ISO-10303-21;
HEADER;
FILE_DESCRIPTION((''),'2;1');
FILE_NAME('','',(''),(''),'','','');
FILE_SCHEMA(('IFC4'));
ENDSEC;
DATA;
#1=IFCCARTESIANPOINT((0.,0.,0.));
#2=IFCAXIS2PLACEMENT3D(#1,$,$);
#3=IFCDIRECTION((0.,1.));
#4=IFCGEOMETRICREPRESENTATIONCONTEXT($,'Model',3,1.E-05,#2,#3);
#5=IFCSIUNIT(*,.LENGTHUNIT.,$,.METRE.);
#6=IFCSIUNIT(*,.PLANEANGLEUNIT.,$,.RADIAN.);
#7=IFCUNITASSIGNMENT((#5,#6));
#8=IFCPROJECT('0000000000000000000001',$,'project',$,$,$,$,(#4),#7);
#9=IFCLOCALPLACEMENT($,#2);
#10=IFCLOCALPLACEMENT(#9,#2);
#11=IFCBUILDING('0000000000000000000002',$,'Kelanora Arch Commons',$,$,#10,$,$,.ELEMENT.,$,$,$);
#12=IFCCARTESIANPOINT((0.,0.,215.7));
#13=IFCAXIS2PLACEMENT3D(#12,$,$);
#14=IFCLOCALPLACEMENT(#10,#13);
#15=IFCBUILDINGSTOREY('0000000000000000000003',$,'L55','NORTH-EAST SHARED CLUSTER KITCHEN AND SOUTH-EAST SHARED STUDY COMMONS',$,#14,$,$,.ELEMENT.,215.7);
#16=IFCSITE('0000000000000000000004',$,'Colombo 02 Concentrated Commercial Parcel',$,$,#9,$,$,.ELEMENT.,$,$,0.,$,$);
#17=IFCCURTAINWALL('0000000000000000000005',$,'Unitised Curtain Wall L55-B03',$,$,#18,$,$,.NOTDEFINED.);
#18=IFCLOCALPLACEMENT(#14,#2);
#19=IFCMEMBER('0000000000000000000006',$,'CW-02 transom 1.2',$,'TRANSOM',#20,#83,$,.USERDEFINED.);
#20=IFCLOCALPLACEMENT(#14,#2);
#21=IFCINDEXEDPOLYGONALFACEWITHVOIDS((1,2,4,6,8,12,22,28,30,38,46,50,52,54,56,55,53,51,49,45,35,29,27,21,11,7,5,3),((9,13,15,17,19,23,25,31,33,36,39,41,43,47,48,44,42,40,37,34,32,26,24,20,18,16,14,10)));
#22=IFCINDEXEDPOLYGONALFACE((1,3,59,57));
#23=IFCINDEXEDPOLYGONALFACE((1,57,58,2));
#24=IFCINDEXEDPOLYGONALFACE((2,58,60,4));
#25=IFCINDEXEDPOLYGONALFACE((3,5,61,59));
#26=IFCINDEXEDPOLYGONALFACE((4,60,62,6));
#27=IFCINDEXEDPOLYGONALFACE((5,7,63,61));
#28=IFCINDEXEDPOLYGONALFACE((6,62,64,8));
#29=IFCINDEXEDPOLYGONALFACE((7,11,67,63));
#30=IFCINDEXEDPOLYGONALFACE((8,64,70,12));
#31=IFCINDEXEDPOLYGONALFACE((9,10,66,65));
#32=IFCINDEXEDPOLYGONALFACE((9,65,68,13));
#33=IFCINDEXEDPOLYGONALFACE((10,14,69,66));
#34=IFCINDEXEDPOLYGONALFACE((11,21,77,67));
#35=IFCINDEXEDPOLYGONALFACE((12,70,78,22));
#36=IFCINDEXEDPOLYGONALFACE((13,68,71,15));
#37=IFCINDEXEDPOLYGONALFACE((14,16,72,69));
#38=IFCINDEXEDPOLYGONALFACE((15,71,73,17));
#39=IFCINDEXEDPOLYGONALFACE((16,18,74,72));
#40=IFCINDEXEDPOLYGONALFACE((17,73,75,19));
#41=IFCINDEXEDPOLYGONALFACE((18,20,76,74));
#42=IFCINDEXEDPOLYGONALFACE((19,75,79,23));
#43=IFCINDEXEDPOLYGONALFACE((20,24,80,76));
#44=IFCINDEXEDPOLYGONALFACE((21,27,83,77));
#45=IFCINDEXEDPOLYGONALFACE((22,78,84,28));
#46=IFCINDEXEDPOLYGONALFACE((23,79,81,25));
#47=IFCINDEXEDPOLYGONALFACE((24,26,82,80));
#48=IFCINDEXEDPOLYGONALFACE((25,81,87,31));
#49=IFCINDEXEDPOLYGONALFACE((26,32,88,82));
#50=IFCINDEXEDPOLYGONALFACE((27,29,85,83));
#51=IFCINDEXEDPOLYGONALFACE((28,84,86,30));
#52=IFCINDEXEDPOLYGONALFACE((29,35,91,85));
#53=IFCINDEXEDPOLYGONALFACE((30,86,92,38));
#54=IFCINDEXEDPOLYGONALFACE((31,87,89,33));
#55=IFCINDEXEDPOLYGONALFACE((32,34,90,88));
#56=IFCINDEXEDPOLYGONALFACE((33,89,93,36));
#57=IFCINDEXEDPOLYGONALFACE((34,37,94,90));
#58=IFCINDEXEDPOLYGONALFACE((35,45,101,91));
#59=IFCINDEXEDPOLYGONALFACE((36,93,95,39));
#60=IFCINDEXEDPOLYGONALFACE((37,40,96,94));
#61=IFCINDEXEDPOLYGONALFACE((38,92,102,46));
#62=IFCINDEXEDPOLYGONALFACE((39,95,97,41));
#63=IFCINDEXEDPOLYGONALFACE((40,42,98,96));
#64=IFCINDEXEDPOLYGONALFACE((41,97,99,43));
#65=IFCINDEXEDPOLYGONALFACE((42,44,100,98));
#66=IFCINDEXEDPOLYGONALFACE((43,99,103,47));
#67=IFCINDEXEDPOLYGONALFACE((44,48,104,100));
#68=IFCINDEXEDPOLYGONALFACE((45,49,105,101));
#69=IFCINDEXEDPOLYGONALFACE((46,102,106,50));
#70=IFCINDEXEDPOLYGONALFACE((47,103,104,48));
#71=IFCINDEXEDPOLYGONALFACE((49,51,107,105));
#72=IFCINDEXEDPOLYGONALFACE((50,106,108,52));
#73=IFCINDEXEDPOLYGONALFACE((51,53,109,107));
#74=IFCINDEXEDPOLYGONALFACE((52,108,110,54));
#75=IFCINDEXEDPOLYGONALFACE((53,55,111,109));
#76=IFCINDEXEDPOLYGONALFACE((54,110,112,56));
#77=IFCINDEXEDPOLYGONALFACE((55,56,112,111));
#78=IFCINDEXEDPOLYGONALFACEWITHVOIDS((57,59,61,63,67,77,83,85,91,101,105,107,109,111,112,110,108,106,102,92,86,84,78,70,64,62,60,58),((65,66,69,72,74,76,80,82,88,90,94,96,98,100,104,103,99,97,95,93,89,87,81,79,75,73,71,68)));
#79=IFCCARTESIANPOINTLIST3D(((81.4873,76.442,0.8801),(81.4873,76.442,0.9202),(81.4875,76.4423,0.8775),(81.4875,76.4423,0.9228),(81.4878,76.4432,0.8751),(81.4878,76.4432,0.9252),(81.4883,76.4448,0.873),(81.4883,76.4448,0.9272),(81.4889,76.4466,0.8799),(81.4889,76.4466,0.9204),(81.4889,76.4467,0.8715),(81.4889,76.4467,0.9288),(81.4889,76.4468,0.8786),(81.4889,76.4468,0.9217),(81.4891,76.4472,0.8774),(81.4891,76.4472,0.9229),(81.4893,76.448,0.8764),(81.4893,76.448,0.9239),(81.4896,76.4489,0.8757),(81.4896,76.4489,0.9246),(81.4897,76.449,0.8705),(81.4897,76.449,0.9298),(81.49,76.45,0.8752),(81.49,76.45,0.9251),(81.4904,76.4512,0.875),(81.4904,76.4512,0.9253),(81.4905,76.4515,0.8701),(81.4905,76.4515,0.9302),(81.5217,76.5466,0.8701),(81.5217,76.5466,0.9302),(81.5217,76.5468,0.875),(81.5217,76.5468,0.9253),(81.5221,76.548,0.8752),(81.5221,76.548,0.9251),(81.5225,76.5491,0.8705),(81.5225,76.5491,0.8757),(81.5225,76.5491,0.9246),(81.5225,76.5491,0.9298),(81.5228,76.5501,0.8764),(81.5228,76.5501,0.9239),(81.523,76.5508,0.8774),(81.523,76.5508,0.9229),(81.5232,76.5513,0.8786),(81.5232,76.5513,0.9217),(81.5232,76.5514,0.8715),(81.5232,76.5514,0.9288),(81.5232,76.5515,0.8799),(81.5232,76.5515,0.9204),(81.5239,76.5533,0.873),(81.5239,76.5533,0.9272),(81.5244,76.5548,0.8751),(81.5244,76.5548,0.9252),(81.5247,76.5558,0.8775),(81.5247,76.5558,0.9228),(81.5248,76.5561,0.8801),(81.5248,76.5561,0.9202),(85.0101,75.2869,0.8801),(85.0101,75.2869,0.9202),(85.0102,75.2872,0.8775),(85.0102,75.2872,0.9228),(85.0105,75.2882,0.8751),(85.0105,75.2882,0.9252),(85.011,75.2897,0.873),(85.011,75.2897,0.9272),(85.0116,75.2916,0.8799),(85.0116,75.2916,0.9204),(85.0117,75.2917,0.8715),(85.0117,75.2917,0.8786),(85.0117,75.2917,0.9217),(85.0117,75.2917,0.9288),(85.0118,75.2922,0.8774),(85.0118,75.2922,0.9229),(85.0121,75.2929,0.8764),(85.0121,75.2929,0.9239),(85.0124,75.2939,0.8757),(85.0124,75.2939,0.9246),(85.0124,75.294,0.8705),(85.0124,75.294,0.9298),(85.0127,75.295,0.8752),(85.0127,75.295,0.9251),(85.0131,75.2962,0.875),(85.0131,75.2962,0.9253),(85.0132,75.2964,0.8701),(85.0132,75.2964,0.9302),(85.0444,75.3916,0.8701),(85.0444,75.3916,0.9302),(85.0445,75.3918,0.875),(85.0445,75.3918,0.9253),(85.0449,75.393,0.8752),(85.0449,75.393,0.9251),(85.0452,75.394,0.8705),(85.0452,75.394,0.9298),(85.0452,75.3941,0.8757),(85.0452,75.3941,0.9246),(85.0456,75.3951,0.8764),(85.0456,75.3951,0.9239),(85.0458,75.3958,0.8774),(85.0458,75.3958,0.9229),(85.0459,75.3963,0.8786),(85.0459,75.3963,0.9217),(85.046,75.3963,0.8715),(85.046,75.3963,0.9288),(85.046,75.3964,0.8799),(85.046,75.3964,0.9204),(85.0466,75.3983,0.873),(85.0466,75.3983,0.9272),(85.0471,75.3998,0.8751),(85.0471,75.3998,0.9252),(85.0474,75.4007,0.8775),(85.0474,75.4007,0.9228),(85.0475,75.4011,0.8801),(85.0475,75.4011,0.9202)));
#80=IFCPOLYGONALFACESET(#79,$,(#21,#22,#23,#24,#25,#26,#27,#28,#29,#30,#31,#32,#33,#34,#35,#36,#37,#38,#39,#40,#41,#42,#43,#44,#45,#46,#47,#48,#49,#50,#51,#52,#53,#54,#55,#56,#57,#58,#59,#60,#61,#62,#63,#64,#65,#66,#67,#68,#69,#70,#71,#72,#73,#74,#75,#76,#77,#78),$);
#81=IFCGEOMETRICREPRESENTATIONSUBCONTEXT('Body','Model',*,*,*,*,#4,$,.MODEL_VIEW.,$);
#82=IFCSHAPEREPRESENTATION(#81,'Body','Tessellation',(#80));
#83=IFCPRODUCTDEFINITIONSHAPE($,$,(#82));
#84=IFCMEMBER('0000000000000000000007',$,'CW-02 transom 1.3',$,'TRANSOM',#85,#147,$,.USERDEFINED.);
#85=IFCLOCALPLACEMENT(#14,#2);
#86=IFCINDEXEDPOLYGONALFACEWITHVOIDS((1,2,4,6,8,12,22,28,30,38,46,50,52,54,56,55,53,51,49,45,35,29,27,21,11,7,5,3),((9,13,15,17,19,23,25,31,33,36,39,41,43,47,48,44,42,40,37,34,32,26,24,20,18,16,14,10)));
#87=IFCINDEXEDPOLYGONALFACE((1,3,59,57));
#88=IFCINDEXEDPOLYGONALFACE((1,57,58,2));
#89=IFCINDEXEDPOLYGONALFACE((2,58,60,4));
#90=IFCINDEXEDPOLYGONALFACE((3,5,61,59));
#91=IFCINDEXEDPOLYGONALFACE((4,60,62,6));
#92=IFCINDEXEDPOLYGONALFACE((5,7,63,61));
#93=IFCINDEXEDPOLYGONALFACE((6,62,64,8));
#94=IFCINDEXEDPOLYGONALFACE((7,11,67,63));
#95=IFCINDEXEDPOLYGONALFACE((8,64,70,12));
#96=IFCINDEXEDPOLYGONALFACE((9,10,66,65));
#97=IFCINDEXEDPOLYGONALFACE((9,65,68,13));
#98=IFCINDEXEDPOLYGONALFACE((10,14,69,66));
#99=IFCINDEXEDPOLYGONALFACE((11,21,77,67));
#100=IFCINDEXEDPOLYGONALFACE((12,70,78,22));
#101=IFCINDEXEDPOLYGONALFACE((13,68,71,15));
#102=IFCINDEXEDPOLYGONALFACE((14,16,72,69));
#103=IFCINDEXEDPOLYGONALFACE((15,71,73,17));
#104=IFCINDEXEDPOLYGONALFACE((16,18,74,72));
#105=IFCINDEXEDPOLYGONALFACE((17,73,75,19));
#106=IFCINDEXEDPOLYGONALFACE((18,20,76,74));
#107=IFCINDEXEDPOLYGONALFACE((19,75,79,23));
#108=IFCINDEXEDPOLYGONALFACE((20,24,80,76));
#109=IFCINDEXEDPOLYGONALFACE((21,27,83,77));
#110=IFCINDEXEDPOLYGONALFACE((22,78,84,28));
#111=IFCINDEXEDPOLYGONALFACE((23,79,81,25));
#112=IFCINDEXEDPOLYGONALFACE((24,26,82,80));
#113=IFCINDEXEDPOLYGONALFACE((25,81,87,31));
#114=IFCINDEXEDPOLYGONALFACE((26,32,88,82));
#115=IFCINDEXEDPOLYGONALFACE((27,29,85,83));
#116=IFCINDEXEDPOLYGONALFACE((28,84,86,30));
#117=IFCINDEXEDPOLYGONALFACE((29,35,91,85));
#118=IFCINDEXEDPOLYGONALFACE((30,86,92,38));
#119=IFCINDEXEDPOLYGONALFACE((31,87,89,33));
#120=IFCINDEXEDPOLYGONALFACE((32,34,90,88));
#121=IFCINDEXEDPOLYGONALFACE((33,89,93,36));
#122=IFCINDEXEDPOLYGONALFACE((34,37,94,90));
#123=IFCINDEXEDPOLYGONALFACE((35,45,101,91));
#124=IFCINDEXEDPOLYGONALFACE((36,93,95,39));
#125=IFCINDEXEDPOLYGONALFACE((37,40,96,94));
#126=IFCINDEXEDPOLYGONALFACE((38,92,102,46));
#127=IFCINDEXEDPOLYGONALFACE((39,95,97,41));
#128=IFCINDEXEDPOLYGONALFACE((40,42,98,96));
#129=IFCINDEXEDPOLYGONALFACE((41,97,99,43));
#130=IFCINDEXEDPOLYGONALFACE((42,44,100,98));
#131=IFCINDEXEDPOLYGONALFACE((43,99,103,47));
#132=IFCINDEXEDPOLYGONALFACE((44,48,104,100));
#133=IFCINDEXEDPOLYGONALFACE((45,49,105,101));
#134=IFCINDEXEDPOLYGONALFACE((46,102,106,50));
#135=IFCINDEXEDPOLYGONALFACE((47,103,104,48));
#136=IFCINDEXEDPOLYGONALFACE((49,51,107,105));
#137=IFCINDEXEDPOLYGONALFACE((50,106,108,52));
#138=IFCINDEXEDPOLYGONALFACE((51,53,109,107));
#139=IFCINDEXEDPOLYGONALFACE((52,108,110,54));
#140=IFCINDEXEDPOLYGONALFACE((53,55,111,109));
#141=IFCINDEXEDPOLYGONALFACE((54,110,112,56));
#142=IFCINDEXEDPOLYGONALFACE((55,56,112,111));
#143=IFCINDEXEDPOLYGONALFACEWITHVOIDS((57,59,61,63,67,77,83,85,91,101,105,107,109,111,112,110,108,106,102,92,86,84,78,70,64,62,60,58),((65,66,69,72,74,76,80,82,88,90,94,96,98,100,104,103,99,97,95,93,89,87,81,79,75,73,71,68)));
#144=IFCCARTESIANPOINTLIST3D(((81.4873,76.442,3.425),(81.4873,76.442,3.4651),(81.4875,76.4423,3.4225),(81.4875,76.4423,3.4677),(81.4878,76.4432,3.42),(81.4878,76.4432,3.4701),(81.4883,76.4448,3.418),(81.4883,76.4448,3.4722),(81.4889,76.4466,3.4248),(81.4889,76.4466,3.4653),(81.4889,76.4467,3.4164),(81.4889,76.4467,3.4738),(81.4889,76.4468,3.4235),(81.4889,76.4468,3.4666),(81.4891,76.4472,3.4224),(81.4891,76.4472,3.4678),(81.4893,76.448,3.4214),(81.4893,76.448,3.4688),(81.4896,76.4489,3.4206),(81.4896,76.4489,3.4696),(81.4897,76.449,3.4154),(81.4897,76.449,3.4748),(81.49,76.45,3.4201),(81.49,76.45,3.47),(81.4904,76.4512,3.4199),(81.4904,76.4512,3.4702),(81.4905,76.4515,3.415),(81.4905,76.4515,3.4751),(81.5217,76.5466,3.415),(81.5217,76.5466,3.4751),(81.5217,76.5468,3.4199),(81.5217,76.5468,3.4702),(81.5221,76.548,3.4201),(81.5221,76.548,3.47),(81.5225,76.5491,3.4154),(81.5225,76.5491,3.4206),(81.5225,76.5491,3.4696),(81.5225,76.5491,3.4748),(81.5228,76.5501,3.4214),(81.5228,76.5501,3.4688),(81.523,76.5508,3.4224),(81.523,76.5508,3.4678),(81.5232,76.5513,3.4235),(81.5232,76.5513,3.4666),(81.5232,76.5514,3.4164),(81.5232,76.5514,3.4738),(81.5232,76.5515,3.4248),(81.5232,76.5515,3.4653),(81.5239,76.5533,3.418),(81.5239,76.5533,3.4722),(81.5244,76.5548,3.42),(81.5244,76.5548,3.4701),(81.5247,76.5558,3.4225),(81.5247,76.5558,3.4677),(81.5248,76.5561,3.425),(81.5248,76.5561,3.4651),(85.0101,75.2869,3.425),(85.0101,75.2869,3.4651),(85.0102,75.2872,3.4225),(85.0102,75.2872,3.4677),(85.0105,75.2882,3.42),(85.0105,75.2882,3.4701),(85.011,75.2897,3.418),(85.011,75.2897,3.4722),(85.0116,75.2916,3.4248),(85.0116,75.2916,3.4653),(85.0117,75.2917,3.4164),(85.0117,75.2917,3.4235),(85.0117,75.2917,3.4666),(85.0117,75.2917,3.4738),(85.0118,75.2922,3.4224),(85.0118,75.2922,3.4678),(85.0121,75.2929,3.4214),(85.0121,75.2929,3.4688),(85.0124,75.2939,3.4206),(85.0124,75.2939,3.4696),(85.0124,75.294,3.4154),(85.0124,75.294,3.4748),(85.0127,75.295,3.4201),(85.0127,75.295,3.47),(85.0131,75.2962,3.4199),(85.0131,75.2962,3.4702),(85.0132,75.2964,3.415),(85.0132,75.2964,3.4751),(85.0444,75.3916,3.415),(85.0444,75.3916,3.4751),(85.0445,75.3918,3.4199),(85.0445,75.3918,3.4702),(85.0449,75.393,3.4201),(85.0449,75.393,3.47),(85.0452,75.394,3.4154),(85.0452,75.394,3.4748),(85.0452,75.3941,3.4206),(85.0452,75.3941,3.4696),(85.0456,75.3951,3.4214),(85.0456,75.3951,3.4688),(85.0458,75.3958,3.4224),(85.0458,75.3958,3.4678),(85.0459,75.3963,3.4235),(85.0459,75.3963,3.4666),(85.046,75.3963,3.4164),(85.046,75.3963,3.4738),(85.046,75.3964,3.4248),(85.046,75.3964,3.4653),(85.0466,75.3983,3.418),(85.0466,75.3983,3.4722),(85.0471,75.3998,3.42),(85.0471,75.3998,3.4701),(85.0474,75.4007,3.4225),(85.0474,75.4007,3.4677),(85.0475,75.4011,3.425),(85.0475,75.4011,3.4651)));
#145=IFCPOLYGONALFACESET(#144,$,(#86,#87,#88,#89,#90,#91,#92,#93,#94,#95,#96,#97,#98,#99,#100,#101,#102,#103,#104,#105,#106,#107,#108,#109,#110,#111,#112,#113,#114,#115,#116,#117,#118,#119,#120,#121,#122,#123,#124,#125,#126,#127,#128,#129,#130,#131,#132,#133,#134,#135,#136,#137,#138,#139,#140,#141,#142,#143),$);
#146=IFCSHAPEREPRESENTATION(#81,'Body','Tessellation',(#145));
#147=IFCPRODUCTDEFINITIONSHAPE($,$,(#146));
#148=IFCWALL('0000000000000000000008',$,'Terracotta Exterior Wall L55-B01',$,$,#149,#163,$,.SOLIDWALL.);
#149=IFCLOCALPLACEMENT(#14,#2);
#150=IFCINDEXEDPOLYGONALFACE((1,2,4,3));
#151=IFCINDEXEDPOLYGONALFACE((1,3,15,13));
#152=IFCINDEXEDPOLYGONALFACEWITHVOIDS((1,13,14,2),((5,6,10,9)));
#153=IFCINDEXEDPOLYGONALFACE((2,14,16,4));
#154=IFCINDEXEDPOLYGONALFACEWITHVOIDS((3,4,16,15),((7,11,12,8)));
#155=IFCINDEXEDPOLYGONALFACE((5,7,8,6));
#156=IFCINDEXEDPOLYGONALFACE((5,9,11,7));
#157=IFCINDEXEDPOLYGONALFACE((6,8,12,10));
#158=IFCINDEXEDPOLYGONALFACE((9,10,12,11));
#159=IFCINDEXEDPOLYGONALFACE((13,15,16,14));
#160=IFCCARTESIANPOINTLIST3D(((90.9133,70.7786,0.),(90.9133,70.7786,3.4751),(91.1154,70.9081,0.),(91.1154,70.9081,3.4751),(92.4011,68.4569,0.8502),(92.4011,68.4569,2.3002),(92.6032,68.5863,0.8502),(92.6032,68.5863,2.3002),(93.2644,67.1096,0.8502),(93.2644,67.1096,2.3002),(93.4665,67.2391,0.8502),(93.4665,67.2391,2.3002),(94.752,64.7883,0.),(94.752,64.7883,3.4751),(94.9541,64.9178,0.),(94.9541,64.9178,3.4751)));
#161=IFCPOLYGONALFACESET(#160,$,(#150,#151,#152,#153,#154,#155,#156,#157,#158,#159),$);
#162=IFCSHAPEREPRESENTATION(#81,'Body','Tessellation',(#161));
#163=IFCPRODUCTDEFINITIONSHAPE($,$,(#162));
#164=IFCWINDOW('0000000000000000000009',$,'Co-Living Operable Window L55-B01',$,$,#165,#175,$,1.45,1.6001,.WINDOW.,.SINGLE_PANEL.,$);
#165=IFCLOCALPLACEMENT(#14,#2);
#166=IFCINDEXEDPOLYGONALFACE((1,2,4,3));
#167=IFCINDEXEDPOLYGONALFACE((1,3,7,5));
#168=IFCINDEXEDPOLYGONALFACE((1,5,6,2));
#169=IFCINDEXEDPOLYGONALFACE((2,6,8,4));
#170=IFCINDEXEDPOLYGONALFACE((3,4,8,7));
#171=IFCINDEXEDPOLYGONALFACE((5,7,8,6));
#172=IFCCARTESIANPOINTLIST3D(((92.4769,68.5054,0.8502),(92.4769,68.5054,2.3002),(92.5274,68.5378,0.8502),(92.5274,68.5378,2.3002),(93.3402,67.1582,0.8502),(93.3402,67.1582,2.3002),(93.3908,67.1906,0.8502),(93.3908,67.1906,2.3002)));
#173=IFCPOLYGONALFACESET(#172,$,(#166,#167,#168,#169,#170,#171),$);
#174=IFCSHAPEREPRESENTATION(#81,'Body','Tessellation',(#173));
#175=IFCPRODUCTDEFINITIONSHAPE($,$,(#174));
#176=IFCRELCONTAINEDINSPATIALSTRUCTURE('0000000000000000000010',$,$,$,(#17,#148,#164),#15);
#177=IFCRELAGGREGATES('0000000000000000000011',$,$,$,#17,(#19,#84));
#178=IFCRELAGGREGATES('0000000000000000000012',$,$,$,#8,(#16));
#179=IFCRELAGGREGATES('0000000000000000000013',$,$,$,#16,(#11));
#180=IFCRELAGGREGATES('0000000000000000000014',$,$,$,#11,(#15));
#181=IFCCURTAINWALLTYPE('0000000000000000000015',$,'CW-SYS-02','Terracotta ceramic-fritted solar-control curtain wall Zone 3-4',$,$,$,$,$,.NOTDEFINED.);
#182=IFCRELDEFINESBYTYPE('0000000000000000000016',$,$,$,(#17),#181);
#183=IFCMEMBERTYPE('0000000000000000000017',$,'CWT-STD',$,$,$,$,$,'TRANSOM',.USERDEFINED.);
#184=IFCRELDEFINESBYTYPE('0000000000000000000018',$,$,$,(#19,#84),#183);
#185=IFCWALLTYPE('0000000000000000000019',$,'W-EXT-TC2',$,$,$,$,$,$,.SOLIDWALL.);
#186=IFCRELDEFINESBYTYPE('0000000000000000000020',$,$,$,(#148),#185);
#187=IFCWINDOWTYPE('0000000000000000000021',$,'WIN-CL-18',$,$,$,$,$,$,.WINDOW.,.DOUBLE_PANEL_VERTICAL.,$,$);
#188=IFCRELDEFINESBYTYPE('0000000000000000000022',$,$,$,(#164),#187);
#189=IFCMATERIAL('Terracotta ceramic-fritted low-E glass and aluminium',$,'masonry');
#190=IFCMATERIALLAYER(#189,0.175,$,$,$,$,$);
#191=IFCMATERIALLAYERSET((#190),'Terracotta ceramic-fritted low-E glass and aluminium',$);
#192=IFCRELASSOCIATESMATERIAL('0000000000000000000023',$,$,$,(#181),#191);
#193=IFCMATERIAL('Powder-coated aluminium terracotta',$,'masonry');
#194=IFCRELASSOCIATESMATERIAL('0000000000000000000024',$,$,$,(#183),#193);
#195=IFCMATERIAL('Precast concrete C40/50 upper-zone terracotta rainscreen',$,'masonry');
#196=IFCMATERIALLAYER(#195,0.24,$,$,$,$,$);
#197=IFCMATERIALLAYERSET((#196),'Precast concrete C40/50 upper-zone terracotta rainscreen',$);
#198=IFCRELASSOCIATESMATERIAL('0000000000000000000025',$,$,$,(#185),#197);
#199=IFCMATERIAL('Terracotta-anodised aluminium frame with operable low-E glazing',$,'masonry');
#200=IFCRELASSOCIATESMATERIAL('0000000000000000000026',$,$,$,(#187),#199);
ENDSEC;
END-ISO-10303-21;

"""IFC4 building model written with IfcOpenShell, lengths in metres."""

from ifc_helpers import new_model, si_unit, direction, frame, frame_2d, origin, origin_2d, place, context, subcontext, project, spatial, rectangle, hollow_rectangle, extrude, material, layer, layer_set, material_profile, profile_set, type_object, element, fill, aggregate, save


model = new_model("IFC4")

# Units and contexts
model_context = context("Model", 3, precision=1e-05, world=origin(), true_north=direction((0.0, 1.0)))
body_context = subcontext(model_context, "Body", "Model", "MODEL_VIEW")
ifc_project = project(units=[si_unit("LENGTHUNIT", "METRE"), si_unit("PLANEANGLEUNIT", "RADIAN")], contexts=[model_context])

# Site, building, storey
site_placement = place(None, origin())
site = spatial("IfcSite", under=ifc_project, at=site_placement, Name="Colombo 02 Concentrated Commercial Parcel", CompositionType="ELEMENT", RefElevation=0.0)
building_placement = place(site_placement, origin())
building = spatial("IfcBuilding", under=site, at=building_placement, Name="Kelanora Arch Commons", CompositionType="ELEMENT")
storey_placement = place(building_placement, frame((0.0, 0.0, 215.7)))
storey = spatial("IfcBuildingStorey", under=building, at=storey_placement, Name="L55", Description="NORTH-EAST SHARED CLUSTER KITCHEN AND SOUTH-EAST SHARED STUDY COMMONS", CompositionType="ELEMENT", Elevation=215.7)

# Shared definitions
ifc_material_1 = material(Name="Terracotta ceramic-fritted low-E glass and aluminium", Category="masonry")
ifc_layer_1 = layer(ifc_material_1, 0.175)
ifc_layer_set_1 = layer_set([ifc_layer_1], Name="Terracotta ceramic-fritted low-E glass and aluminium")
curtain_wall_type = type_object("IfcCurtainWallType", Name="CW-SYS-02", Description="Terracotta ceramic-fritted solar-control curtain wall Zone 3-4", PredefinedType="NOTDEFINED", material=ifc_layer_set_1)
ifc_material_2 = material(Name="Powder-coated aluminium terracotta", Category="masonry")

# Curtain wall, members
curtain_wall_1_placement = place(storey_placement, origin())
curtain_wall_1 = element("IfcCurtainWall", 1, at=curtain_wall_1_placement, inside=storey, type_object=curtain_wall_type, Name="Unitised Curtain Wall L55-B03", PredefinedType="NOTDEFINED")
ifc_material_profile_1 = material_profile(ifc_material_2, hollow_rectangle(XDim=0.1201, YDim=0.0601, WallThickness=0.0049, InnerFilletRadius=0.0049, OuterFilletRadius=0.01, at=origin_2d()), Name="CWT120x60")
ifc_profile_set_1 = profile_set([ifc_material_profile_1], Name="Powder-coated aluminium terracotta")
member_type_1 = type_object("IfcMemberType", Name="CWT-STD", ElementType="TRANSOM", PredefinedType="USERDEFINED", material=ifc_profile_set_1)
member_1_placement = place(storey_placement, frame((85.0288, 75.344, 0.9001), z_axis=(-0.950226, 0.311561, 0.0), x_axis=(-0.311561, -0.950226, 0.0)))
member_1 = element("IfcMember", 2, at=member_1_placement, type_object=member_type_1, Name="CW-02 transom 1.2", ObjectType="TRANSOM", PredefinedType="USERDEFINED", context=body_context, shape_type="SweptSolid", body=[
    extrude(hollow_rectangle(XDim=0.1201, YDim=0.0601, WallThickness=0.0049, InnerFilletRadius=0.0049, OuterFilletRadius=0.01, at=origin_2d()), origin(), (0.0, 0.0, 1.0), 3.7073),
])
member_2_placement = place(storey_placement, frame((85.0288, 75.344, 3.4451), z_axis=(-0.950226, 0.311561, 0.0), x_axis=(-0.311561, -0.950226, 0.0)))
member_2 = element("IfcMember", 3, at=member_2_placement, type_object=member_type_1, Name="CW-02 transom 1.3", ObjectType="TRANSOM", PredefinedType="USERDEFINED", context=body_context, shape_type="SweptSolid", body=[
    extrude(hollow_rectangle(XDim=0.1201, YDim=0.0601, WallThickness=0.0049, InnerFilletRadius=0.0049, OuterFilletRadius=0.01, at=origin_2d()), origin(), (0.0, 0.0, 1.0), 3.7073),
])
aggregate(curtain_wall_1, [member_1, member_2])

# Wall, opening, window
ifc_material_3 = material(Name="Precast concrete C40/50 upper-zone terracotta rainscreen", Category="masonry")
ifc_layer_2 = layer(ifc_material_3, 0.24)
ifc_layer_set_2 = layer_set([ifc_layer_2], Name="Precast concrete C40/50 upper-zone terracotta rainscreen")
wall_type_1 = type_object("IfcWallType", Name="W-EXT-TC2", PredefinedType="SOLIDWALL", material=ifc_layer_set_2)
wall_1_placement = place(storey_placement, frame((94.853, 64.853, 0.0), z_axis=(0.0, 0.0, 1.0), x_axis=(-0.53954, 0.84196, 0.0)))
wall_1 = element("IfcWall", 4, at=wall_1_placement, inside=storey, type_object=wall_type_1, Name="Terracotta Exterior Wall L55-B01", PredefinedType="SOLIDWALL", context=body_context, shape_type="SweptSolid", body=[
    extrude(rectangle(XDim=7.1147, YDim=0.24, at=frame_2d((3.5574, 0.0))), origin(), (0.0, 0.0, 1.0), 3.4751),
])
opening_1_placement = place(wall_1_placement, frame((2.7571, 0.0, 0.8501)))
opening_1 = element("IfcOpeningElement", 5, at=opening_1_placement, cuts=wall_1, PredefinedType="OPENING", context=body_context, shape_type="SweptSolid", body=[
    extrude(rectangle(XDim=1.6001, YDim=1.45, at=frame_2d((0.8, 0.7251))), frame((0.0, 0.1299, 0.0), z_axis=(0.0, -1.0, 0.0), x_axis=(1.0, 0.0, 0.0)), (0.0, 0.0, 1.0), 0.26),
])
ifc_material_4 = material(Name="Terracotta-anodised aluminium frame with operable low-E glazing", Category="masonry")
window_type_1 = type_object("IfcWindowType", Name="WIN-CL-18", PartitioningType="DOUBLE_PANEL_VERTICAL", PredefinedType="WINDOW", material=ifc_material_4)
window_1_placement = place(opening_1_placement, origin())
window_1 = element("IfcWindow", 6, at=window_1_placement, inside=storey, type_object=window_type_1, Name="Co-Living Operable Window L55-B01", OverallHeight=1.45, OverallWidth=1.6001, PartitioningType="SINGLE_PANEL", PredefinedType="WINDOW", context=body_context, shape_type="SweptSolid", body=[
    extrude(rectangle(XDim=1.6001, YDim=1.45, at=frame_2d((0.8, 0.7251))), frame((0.0, 0.03, 0.0), z_axis=(0.0, -1.0, 0.0), x_axis=(1.0, 0.0, 0.0)), (0.0, 0.0, 1.0), 0.0601),
])
fill(opening_1, window_1)

save(model, "model.ifc")
